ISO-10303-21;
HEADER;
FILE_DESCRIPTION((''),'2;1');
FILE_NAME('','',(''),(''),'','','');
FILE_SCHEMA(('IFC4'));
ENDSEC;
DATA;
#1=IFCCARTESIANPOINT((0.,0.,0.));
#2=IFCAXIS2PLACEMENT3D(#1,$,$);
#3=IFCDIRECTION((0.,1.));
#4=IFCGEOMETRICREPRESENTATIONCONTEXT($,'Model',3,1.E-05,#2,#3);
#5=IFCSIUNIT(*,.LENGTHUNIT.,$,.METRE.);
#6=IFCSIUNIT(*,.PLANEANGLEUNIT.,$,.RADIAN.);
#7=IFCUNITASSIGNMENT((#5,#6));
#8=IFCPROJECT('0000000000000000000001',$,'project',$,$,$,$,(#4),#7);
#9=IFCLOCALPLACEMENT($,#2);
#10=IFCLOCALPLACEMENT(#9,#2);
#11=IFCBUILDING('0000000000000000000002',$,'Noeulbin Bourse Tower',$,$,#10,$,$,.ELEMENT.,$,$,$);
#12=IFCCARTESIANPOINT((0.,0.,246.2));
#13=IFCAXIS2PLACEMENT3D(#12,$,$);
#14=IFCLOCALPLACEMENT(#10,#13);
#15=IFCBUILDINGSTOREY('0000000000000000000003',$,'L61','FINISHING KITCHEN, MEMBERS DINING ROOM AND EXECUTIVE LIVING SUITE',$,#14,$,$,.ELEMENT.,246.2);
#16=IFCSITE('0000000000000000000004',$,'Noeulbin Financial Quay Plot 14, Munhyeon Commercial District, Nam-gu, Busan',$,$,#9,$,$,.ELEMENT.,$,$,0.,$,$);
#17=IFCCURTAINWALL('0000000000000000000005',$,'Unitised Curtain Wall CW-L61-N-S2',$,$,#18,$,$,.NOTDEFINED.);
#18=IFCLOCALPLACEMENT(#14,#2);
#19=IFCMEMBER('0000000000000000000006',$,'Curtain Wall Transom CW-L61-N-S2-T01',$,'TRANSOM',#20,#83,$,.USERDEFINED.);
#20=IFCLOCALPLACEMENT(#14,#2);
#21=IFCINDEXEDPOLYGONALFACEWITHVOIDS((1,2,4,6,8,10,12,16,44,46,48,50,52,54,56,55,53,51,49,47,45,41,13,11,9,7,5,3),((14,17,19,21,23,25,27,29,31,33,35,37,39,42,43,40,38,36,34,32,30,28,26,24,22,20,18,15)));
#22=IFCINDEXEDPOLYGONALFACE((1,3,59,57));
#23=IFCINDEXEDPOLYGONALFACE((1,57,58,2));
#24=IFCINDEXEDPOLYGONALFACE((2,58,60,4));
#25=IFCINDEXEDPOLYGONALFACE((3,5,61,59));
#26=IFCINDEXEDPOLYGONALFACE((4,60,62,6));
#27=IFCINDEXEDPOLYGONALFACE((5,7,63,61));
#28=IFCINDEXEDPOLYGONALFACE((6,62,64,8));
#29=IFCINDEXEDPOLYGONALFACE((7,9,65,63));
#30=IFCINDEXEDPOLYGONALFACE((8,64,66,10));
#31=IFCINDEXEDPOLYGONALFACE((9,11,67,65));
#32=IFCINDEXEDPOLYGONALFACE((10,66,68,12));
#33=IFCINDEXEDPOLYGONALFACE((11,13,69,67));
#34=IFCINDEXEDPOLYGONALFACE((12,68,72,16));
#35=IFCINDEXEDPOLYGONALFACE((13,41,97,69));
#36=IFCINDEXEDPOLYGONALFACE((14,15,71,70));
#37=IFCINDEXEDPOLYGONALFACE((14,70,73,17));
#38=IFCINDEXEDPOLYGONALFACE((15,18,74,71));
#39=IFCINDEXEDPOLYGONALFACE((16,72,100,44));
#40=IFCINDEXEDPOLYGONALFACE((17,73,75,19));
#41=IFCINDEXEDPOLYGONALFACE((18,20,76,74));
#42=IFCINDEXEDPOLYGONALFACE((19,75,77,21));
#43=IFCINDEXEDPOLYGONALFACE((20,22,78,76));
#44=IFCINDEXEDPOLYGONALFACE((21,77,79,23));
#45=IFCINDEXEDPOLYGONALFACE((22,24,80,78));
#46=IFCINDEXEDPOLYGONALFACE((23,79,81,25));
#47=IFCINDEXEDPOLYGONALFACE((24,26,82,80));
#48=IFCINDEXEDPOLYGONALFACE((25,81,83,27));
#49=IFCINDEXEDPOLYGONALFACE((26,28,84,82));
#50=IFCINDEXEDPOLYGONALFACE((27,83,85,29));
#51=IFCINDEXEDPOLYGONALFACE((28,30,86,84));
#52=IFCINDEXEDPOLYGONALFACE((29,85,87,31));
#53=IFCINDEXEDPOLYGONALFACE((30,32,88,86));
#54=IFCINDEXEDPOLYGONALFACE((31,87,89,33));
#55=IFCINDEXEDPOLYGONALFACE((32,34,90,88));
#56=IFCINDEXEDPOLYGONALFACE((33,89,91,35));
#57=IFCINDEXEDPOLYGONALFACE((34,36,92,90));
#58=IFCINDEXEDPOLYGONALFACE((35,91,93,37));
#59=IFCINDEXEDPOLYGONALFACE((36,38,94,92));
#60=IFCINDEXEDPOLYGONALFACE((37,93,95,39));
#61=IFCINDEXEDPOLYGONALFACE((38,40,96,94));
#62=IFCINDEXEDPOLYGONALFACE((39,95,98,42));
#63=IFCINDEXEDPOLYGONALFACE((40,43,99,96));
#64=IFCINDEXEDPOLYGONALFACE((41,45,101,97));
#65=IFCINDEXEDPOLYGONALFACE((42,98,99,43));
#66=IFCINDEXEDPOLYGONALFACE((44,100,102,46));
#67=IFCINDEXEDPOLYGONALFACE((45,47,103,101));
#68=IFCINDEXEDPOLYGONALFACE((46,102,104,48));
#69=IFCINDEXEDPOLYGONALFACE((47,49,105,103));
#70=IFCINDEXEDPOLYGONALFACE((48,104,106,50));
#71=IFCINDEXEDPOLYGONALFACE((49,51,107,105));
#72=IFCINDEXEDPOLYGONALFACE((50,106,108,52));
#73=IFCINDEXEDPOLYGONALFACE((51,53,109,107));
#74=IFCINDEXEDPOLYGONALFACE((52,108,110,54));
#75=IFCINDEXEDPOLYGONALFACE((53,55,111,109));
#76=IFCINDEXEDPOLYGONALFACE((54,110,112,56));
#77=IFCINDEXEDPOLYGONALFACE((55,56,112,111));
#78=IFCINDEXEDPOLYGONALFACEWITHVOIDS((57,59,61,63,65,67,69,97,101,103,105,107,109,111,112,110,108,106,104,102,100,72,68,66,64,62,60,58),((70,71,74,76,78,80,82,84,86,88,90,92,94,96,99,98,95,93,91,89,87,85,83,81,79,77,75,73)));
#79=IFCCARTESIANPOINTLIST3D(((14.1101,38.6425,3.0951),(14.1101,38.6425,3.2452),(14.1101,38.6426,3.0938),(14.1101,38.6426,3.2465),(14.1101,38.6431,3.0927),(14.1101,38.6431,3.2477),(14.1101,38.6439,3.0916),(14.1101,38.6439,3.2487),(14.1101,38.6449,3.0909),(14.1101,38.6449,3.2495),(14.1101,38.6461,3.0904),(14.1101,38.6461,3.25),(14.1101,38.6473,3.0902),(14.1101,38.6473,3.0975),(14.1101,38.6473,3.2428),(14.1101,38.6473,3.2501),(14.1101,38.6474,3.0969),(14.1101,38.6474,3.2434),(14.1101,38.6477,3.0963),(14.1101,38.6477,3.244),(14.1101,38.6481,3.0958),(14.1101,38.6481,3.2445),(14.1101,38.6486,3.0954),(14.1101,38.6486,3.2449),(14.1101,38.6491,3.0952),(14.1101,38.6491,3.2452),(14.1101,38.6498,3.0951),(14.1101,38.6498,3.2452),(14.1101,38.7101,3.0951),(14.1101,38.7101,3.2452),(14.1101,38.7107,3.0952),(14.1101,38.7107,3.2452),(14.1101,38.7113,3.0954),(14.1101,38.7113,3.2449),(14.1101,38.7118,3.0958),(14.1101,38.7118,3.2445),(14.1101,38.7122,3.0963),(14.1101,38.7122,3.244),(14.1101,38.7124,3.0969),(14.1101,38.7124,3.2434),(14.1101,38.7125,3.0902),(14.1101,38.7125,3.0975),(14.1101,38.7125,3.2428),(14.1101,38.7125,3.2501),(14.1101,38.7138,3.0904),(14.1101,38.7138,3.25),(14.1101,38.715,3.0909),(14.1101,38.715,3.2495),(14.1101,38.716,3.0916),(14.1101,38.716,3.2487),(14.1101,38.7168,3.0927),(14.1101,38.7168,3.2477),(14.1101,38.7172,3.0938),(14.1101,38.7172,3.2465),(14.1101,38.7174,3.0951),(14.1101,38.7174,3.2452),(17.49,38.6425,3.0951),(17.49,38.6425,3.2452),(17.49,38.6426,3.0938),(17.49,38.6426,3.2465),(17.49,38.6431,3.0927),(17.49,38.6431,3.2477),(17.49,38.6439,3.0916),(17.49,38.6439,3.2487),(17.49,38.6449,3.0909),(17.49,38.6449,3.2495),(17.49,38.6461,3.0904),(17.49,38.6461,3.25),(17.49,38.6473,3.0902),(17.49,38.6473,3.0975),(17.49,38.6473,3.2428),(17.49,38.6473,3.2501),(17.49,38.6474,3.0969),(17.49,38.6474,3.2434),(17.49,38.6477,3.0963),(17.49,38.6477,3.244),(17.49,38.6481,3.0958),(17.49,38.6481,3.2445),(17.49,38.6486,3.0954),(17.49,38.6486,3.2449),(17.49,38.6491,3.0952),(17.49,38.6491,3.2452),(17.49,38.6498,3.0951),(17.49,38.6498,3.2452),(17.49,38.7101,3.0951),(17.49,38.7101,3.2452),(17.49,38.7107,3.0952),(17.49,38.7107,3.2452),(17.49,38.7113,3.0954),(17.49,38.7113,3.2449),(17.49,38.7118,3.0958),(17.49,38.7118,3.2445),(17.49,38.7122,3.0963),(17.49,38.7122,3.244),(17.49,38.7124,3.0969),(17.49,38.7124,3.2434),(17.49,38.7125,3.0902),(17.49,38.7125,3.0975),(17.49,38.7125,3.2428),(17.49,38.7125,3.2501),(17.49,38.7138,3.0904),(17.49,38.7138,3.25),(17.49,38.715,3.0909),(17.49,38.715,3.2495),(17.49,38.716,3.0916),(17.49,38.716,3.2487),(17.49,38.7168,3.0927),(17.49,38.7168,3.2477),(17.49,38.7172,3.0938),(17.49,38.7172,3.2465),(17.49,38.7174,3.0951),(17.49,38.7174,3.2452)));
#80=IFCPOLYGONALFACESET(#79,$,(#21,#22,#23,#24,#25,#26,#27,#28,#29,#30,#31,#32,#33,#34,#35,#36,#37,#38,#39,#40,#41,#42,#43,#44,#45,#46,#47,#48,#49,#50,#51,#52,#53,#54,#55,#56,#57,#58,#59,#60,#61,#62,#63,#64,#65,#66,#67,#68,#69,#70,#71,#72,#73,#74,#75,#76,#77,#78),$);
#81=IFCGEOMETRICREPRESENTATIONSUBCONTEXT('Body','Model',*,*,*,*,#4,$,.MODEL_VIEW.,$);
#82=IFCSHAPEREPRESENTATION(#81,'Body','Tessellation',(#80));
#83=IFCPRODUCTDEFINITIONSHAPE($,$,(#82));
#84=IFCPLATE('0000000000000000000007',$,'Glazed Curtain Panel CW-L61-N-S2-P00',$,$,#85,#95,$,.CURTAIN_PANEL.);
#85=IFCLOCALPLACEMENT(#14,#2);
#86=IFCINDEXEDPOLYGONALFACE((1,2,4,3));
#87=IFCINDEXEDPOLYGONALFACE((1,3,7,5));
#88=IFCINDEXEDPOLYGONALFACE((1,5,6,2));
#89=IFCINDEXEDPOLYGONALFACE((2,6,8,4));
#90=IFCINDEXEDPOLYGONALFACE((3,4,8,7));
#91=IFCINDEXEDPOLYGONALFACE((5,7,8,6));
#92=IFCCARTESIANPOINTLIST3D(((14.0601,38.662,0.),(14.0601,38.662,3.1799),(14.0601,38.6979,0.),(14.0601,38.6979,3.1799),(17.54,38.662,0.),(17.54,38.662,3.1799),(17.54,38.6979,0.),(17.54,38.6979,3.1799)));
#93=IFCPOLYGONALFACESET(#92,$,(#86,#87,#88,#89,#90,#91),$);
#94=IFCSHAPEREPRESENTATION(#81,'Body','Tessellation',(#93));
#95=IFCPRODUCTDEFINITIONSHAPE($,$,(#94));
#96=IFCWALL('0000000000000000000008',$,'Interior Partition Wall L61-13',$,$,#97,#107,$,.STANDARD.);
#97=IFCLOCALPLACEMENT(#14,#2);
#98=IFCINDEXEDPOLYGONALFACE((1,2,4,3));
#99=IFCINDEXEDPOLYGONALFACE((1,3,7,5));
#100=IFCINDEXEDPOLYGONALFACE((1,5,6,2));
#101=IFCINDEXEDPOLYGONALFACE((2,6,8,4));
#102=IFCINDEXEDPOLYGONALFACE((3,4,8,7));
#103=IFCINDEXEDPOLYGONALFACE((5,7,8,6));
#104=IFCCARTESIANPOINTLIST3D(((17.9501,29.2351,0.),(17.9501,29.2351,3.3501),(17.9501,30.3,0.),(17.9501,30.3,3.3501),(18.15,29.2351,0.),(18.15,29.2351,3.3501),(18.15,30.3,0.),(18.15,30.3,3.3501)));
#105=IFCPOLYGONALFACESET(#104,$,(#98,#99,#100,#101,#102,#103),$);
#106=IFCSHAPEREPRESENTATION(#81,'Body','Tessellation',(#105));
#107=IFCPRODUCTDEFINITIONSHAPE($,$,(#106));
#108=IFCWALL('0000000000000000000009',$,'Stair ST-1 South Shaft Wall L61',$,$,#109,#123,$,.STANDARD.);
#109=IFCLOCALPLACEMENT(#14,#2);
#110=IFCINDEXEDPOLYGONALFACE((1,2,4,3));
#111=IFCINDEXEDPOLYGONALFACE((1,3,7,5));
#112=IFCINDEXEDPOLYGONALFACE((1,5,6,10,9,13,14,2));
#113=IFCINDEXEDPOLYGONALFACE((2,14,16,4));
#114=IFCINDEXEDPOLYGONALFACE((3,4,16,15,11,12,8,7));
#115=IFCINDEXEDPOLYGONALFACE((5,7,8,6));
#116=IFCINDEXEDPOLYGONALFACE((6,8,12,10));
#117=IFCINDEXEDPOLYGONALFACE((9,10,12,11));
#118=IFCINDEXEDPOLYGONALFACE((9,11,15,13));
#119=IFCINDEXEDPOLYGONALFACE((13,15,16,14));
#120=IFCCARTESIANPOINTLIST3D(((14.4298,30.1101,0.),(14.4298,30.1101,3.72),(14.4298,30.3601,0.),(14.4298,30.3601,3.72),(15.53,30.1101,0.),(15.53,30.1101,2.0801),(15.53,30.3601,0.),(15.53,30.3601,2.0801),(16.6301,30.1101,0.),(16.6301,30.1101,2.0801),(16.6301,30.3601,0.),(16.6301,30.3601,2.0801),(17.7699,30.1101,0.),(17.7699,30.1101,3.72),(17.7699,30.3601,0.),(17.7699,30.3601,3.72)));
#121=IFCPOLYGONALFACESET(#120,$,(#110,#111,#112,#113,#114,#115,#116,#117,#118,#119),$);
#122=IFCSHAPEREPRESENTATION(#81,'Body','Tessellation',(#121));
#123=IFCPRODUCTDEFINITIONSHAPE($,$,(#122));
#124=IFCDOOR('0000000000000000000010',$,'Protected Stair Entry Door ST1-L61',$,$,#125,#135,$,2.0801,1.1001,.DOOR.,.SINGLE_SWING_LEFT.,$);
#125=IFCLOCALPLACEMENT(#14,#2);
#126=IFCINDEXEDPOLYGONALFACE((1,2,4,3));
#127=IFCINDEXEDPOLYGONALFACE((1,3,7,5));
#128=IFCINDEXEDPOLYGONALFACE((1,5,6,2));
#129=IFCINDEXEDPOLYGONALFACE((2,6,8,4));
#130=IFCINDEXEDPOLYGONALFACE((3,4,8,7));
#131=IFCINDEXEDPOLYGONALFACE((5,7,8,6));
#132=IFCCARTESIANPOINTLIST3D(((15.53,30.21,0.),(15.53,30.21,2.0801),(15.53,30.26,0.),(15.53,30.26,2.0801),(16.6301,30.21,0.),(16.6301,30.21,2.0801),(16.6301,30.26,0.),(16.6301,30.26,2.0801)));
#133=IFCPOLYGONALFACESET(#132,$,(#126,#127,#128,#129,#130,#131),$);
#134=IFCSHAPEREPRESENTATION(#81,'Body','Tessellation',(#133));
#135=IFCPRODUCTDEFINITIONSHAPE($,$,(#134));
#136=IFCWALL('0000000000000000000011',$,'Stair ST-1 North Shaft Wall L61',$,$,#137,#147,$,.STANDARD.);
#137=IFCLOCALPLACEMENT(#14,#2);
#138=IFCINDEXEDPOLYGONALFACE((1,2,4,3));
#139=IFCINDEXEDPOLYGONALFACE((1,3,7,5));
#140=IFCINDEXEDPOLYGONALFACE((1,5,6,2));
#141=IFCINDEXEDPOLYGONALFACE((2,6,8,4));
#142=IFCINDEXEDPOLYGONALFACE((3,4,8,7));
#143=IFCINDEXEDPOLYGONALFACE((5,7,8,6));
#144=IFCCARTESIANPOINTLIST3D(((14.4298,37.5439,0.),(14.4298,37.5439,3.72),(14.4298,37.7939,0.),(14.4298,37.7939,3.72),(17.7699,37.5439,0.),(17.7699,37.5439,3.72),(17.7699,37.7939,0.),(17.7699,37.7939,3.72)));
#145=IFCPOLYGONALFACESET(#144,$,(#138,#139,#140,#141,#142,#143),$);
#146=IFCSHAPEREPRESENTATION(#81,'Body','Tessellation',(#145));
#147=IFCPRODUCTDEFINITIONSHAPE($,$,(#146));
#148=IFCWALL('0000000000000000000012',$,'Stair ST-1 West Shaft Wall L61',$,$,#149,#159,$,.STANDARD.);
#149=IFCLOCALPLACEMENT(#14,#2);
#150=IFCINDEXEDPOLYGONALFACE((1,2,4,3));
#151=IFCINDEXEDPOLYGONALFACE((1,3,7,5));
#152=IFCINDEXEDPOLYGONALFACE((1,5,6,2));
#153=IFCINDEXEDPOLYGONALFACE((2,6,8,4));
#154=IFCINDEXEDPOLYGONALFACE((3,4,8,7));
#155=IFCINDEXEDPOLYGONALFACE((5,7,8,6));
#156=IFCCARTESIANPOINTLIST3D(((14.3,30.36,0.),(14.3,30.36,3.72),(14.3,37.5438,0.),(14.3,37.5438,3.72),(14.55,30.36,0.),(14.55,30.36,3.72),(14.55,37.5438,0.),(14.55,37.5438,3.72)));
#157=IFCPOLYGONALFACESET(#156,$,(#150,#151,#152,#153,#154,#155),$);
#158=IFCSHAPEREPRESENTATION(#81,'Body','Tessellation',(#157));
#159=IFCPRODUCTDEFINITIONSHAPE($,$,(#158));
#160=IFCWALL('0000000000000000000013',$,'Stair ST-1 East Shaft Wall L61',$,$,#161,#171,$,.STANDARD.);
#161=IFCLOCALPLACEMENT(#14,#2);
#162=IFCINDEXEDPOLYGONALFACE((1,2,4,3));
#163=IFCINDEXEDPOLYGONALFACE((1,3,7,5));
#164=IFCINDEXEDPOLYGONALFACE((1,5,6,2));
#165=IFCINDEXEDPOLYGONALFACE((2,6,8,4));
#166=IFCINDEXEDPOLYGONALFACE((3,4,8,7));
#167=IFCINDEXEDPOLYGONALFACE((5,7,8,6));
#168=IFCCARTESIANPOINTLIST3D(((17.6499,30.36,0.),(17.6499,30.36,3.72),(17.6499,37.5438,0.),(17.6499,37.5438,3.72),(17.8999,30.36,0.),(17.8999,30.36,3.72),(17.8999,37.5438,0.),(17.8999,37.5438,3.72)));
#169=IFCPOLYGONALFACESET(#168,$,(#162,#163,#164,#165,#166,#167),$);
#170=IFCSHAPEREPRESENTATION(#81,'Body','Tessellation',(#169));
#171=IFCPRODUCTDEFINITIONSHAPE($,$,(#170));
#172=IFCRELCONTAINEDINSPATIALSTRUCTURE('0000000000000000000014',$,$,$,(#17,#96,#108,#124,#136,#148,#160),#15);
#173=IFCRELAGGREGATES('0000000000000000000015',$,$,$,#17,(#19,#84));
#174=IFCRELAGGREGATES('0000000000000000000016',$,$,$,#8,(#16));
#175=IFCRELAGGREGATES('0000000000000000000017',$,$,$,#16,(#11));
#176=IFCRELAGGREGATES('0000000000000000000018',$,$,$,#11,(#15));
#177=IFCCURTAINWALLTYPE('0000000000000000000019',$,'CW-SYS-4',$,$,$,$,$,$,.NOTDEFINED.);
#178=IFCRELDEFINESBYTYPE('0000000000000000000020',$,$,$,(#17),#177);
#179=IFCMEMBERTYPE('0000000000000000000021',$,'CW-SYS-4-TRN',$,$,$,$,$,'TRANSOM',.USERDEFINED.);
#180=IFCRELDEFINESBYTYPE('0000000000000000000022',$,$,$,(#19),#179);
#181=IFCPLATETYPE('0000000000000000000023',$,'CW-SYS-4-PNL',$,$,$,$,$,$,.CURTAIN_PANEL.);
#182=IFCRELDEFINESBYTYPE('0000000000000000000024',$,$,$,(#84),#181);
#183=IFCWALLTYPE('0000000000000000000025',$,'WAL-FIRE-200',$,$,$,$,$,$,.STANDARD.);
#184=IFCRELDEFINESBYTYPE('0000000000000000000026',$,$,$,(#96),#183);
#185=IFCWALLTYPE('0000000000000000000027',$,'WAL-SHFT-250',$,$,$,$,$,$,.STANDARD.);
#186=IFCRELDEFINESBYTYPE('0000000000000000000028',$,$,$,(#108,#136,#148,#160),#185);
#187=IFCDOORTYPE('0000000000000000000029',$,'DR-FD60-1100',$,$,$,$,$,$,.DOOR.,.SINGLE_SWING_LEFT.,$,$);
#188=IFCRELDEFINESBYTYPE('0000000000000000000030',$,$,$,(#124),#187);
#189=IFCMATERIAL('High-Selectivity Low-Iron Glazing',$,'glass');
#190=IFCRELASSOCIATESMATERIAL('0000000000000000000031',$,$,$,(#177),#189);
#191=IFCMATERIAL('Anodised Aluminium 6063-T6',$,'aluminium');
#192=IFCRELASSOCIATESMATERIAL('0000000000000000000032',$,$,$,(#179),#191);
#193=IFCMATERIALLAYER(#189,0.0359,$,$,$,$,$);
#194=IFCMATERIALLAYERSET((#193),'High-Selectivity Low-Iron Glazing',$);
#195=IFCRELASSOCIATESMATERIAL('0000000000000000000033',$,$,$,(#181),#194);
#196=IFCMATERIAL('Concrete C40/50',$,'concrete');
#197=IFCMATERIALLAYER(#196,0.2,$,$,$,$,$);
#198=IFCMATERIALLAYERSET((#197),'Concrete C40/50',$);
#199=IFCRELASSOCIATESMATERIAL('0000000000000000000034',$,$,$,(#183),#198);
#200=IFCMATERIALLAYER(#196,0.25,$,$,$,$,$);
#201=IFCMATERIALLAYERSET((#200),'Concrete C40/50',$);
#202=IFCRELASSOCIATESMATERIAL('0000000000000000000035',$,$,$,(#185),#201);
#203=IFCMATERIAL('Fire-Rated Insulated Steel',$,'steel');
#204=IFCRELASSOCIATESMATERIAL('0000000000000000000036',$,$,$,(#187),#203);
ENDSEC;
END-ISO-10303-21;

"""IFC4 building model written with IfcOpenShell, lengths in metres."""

from ifc_helpers import new_model, si_unit, direction, frame, frame_2d, origin, origin_2d, place, context, subcontext, project, spatial, rectangle, hollow_rectangle, extrude, material, layer, layer_set, material_profile, profile_set, type_object, element, fill, aggregate, save


model = new_model("IFC4")

# Units and contexts
model_context = context("Model", 3, precision=1e-05, world=origin(), true_north=direction((0.0, 1.0)))
body_context = subcontext(model_context, "Body", "Model", "MODEL_VIEW")
ifc_project = project(units=[si_unit("LENGTHUNIT", "METRE"), si_unit("PLANEANGLEUNIT", "RADIAN")], contexts=[model_context])

# Site, building, storey
site_placement = place(None, origin())
site = spatial("IfcSite", under=ifc_project, at=site_placement, Name="Noeulbin Financial Quay Plot 14, Munhyeon Commercial District, Nam-gu, Busan", CompositionType="ELEMENT", RefElevation=0.0)
building_placement = place(site_placement, origin())
building = spatial("IfcBuilding", under=site, at=building_placement, Name="Noeulbin Bourse Tower", CompositionType="ELEMENT")
storey_placement = place(building_placement, frame((0.0, 0.0, 246.2)))
storey = spatial("IfcBuildingStorey", under=building, at=storey_placement, Name="L61", Description="FINISHING KITCHEN, MEMBERS DINING ROOM AND EXECUTIVE LIVING SUITE", CompositionType="ELEMENT", Elevation=246.2)

# Curtain wall, member, plate
ifc_material_1 = material(Name="High-Selectivity Low-Iron Glazing", Category="glass")
curtain_wall_type = type_object("IfcCurtainWallType", Name="CW-SYS-4", PredefinedType="NOTDEFINED", material=ifc_material_1)
curtain_wall_placement = place(storey_placement, origin())
curtain_wall = element("IfcCurtainWall", 1, at=curtain_wall_placement, inside=storey, type_object=curtain_wall_type, Name="Unitised Curtain Wall CW-L61-N-S2", PredefinedType="NOTDEFINED")
ifc_material_2 = material(Name="Anodised Aluminium 6063-T6", Category="aluminium")
ifc_material_profile_1 = material_profile(ifc_material_2, hollow_rectangle(XDim=0.075, YDim=0.1599, WallThickness=0.0049, InnerFilletRadius=0.0024, OuterFilletRadius=0.0049, at=origin_2d()), Name="ALU-TRAN-75x160x5", Category="LoadBearing")
ifc_profile_set_1 = profile_set([ifc_material_profile_1], Name="Anodised Aluminium 6063-T6")
member_type_1 = type_object("IfcMemberType", Name="CW-SYS-4-TRN", ElementType="TRANSOM", PredefinedType="USERDEFINED", material=ifc_profile_set_1)
member_1_placement = place(storey_placement, frame((14.1101, 38.6799, 3.1702), z_axis=(1.0, 0.0, 0.0), x_axis=(0.0, 1.0, 0.0)))
member_1 = element("IfcMember", 2, at=member_1_placement, type_object=member_type_1, Name="Curtain Wall Transom CW-L61-N-S2-T01", ObjectType="TRANSOM", PredefinedType="USERDEFINED", context=body_context, shape_type="SweptSolid", body=[
    extrude(hollow_rectangle(XDim=0.075, YDim=0.1599, WallThickness=0.0049, InnerFilletRadius=0.0024, OuterFilletRadius=0.0049, at=origin_2d()), origin(), (0.0, 0.0, 1.0), 3.3799),
])
ifc_layer_1 = layer(ifc_material_1, 0.0359)
ifc_layer_set_1 = layer_set([ifc_layer_1], Name="High-Selectivity Low-Iron Glazing")
plate_type = type_object("IfcPlateType", Name="CW-SYS-4-PNL", PredefinedType="CURTAIN_PANEL", material=ifc_layer_set_1)
plate_placement = place(storey_placement, frame((15.8, 38.6799, 0.0), z_axis=(0.0, 0.0, 1.0), x_axis=(1.0, 0.0, 0.0)))
plate = element("IfcPlate", 3, at=plate_placement, type_object=plate_type, Name="Glazed Curtain Panel CW-L61-N-S2-P00", PredefinedType="CURTAIN_PANEL", context=body_context, shape_type="SweptSolid", body=[
    extrude(rectangle(XDim=3.48, YDim=0.0359, at=origin_2d()), origin(), (0.0, 0.0, 1.0), 3.1799),
])
aggregate(curtain_wall, [member_1, plate])

# Wall
ifc_material_3 = material(Name="Concrete C40/50", Category="concrete")
ifc_layer_2 = layer(ifc_material_3, 0.2)
ifc_layer_set_2 = layer_set([ifc_layer_2], Name="Concrete C40/50")
wall_type_1 = type_object("IfcWallType", Name="WAL-FIRE-200", PredefinedType="STANDARD", material=ifc_layer_set_2)
wall_1_placement = place(storey_placement, frame((18.05, 29.2351, 0.0), z_axis=(0.0, 0.0, 1.0), x_axis=(0.0, 1.0, 0.0)))
element("IfcWall", 4, at=wall_1_placement, inside=storey, type_object=wall_type_1, Name="Interior Partition Wall L61-13", PredefinedType="STANDARD", context=body_context, shape_type="SweptSolid", body=[
    extrude(rectangle(XDim=1.0649, YDim=0.2, at=frame_2d((0.5325, 0.0))), origin(), (0.0, 0.0, 1.0), 3.3501),
])

# Wall, opening, door
ifc_layer_3 = layer(ifc_material_3, 0.25)
ifc_layer_set_3 = layer_set([ifc_layer_3], Name="Concrete C40/50")
wall_type_2 = type_object("IfcWallType", Name="WAL-SHFT-250", PredefinedType="STANDARD", material=ifc_layer_set_3)
wall_2_placement = place(storey_placement, frame((14.4299, 30.2351, 0.0), z_axis=(0.0, 0.0, 1.0), x_axis=(1.0, 0.0, 0.0)))
wall_2 = element("IfcWall", 5, at=wall_2_placement, inside=storey, type_object=wall_type_2, Name="Stair ST-1 South Shaft Wall L61", PredefinedType="STANDARD", context=body_context, shape_type="SweptSolid", body=[
    extrude(rectangle(XDim=3.3401, YDim=0.25, at=frame_2d((1.6699, 0.0))), origin(), (0.0, 0.0, 1.0), 3.72),
])
opening_placement = place(wall_2_placement, frame((1.1001, 0.0, 0.0)))
opening = element("IfcOpeningElement", 6, at=opening_placement, cuts=wall_2, PredefinedType="OPENING", context=body_context, shape_type="SweptSolid", body=[
    extrude(rectangle(XDim=1.1001, YDim=2.0801, at=frame_2d((0.55, 1.04))), frame((0.0, 0.135, 0.0), z_axis=(0.0, -1.0, 0.0), x_axis=(1.0, 0.0, 0.0)), (0.0, 0.0, 1.0), 0.27),
])
ifc_material_4 = material(Name="Fire-Rated Insulated Steel", Category="steel")
door_type = type_object("IfcDoorType", Name="DR-FD60-1100", OperationType="SINGLE_SWING_LEFT", PredefinedType="DOOR", material=ifc_material_4)
door_placement = place(opening_placement, origin())
door = element("IfcDoor", 7, at=door_placement, inside=storey, type_object=door_type, Name="Protected Stair Entry Door ST1-L61", OperationType="SINGLE_SWING_LEFT", OverallHeight=2.0801, OverallWidth=1.1001, PredefinedType="DOOR", context=body_context, shape_type="SweptSolid", body=[
    extrude(rectangle(XDim=1.1001, YDim=2.0801, at=frame_2d((0.55, 1.04))), frame((0.0, 0.0249, 0.0), z_axis=(0.0, -1.0, 0.0), x_axis=(1.0, 0.0, 0.0)), (0.0, 0.0, 1.0), 0.05),
])
fill(opening, door)

# Walls
wall_3_placement = place(storey_placement, frame((14.4299, 37.6689, 0.0), z_axis=(0.0, 0.0, 1.0), x_axis=(1.0, 0.0, 0.0)))
element("IfcWall", 8, at=wall_3_placement, inside=storey, type_object=wall_type_2, Name="Stair ST-1 North Shaft Wall L61", PredefinedType="STANDARD", context=body_context, shape_type="SweptSolid", body=[
    extrude(rectangle(XDim=3.3401, YDim=0.25, at=frame_2d((1.6699, 0.0))), origin(), (0.0, 0.0, 1.0), 3.72),
])
for number, where, z_axis, x_axis, name in (
    (9, (14.425, 30.3601, 0.0), (0.0, 0.0, 1.0), (0.0, 1.0, 0.0), "Stair ST-1 West Shaft Wall L61"),
    (10, (17.7749, 30.3601, 0.0), (0.0, 0.0, 1.0), (0.0, 1.0, 0.0), "Stair ST-1 East Shaft Wall L61"),
):
    element("IfcWall", number, at=place(storey_placement, frame(where, z_axis=z_axis, x_axis=x_axis)), inside=storey, type_object=wall_type_2, Name=name, PredefinedType="STANDARD", context=body_context, shape_type="SweptSolid", body=[
        extrude(rectangle(XDim=7.1838, YDim=0.25, at=frame_2d((3.5918, 0.0))), origin(), (0.0, 0.0, 1.0), 3.72),
    ])

save(model, "model.ifc")
